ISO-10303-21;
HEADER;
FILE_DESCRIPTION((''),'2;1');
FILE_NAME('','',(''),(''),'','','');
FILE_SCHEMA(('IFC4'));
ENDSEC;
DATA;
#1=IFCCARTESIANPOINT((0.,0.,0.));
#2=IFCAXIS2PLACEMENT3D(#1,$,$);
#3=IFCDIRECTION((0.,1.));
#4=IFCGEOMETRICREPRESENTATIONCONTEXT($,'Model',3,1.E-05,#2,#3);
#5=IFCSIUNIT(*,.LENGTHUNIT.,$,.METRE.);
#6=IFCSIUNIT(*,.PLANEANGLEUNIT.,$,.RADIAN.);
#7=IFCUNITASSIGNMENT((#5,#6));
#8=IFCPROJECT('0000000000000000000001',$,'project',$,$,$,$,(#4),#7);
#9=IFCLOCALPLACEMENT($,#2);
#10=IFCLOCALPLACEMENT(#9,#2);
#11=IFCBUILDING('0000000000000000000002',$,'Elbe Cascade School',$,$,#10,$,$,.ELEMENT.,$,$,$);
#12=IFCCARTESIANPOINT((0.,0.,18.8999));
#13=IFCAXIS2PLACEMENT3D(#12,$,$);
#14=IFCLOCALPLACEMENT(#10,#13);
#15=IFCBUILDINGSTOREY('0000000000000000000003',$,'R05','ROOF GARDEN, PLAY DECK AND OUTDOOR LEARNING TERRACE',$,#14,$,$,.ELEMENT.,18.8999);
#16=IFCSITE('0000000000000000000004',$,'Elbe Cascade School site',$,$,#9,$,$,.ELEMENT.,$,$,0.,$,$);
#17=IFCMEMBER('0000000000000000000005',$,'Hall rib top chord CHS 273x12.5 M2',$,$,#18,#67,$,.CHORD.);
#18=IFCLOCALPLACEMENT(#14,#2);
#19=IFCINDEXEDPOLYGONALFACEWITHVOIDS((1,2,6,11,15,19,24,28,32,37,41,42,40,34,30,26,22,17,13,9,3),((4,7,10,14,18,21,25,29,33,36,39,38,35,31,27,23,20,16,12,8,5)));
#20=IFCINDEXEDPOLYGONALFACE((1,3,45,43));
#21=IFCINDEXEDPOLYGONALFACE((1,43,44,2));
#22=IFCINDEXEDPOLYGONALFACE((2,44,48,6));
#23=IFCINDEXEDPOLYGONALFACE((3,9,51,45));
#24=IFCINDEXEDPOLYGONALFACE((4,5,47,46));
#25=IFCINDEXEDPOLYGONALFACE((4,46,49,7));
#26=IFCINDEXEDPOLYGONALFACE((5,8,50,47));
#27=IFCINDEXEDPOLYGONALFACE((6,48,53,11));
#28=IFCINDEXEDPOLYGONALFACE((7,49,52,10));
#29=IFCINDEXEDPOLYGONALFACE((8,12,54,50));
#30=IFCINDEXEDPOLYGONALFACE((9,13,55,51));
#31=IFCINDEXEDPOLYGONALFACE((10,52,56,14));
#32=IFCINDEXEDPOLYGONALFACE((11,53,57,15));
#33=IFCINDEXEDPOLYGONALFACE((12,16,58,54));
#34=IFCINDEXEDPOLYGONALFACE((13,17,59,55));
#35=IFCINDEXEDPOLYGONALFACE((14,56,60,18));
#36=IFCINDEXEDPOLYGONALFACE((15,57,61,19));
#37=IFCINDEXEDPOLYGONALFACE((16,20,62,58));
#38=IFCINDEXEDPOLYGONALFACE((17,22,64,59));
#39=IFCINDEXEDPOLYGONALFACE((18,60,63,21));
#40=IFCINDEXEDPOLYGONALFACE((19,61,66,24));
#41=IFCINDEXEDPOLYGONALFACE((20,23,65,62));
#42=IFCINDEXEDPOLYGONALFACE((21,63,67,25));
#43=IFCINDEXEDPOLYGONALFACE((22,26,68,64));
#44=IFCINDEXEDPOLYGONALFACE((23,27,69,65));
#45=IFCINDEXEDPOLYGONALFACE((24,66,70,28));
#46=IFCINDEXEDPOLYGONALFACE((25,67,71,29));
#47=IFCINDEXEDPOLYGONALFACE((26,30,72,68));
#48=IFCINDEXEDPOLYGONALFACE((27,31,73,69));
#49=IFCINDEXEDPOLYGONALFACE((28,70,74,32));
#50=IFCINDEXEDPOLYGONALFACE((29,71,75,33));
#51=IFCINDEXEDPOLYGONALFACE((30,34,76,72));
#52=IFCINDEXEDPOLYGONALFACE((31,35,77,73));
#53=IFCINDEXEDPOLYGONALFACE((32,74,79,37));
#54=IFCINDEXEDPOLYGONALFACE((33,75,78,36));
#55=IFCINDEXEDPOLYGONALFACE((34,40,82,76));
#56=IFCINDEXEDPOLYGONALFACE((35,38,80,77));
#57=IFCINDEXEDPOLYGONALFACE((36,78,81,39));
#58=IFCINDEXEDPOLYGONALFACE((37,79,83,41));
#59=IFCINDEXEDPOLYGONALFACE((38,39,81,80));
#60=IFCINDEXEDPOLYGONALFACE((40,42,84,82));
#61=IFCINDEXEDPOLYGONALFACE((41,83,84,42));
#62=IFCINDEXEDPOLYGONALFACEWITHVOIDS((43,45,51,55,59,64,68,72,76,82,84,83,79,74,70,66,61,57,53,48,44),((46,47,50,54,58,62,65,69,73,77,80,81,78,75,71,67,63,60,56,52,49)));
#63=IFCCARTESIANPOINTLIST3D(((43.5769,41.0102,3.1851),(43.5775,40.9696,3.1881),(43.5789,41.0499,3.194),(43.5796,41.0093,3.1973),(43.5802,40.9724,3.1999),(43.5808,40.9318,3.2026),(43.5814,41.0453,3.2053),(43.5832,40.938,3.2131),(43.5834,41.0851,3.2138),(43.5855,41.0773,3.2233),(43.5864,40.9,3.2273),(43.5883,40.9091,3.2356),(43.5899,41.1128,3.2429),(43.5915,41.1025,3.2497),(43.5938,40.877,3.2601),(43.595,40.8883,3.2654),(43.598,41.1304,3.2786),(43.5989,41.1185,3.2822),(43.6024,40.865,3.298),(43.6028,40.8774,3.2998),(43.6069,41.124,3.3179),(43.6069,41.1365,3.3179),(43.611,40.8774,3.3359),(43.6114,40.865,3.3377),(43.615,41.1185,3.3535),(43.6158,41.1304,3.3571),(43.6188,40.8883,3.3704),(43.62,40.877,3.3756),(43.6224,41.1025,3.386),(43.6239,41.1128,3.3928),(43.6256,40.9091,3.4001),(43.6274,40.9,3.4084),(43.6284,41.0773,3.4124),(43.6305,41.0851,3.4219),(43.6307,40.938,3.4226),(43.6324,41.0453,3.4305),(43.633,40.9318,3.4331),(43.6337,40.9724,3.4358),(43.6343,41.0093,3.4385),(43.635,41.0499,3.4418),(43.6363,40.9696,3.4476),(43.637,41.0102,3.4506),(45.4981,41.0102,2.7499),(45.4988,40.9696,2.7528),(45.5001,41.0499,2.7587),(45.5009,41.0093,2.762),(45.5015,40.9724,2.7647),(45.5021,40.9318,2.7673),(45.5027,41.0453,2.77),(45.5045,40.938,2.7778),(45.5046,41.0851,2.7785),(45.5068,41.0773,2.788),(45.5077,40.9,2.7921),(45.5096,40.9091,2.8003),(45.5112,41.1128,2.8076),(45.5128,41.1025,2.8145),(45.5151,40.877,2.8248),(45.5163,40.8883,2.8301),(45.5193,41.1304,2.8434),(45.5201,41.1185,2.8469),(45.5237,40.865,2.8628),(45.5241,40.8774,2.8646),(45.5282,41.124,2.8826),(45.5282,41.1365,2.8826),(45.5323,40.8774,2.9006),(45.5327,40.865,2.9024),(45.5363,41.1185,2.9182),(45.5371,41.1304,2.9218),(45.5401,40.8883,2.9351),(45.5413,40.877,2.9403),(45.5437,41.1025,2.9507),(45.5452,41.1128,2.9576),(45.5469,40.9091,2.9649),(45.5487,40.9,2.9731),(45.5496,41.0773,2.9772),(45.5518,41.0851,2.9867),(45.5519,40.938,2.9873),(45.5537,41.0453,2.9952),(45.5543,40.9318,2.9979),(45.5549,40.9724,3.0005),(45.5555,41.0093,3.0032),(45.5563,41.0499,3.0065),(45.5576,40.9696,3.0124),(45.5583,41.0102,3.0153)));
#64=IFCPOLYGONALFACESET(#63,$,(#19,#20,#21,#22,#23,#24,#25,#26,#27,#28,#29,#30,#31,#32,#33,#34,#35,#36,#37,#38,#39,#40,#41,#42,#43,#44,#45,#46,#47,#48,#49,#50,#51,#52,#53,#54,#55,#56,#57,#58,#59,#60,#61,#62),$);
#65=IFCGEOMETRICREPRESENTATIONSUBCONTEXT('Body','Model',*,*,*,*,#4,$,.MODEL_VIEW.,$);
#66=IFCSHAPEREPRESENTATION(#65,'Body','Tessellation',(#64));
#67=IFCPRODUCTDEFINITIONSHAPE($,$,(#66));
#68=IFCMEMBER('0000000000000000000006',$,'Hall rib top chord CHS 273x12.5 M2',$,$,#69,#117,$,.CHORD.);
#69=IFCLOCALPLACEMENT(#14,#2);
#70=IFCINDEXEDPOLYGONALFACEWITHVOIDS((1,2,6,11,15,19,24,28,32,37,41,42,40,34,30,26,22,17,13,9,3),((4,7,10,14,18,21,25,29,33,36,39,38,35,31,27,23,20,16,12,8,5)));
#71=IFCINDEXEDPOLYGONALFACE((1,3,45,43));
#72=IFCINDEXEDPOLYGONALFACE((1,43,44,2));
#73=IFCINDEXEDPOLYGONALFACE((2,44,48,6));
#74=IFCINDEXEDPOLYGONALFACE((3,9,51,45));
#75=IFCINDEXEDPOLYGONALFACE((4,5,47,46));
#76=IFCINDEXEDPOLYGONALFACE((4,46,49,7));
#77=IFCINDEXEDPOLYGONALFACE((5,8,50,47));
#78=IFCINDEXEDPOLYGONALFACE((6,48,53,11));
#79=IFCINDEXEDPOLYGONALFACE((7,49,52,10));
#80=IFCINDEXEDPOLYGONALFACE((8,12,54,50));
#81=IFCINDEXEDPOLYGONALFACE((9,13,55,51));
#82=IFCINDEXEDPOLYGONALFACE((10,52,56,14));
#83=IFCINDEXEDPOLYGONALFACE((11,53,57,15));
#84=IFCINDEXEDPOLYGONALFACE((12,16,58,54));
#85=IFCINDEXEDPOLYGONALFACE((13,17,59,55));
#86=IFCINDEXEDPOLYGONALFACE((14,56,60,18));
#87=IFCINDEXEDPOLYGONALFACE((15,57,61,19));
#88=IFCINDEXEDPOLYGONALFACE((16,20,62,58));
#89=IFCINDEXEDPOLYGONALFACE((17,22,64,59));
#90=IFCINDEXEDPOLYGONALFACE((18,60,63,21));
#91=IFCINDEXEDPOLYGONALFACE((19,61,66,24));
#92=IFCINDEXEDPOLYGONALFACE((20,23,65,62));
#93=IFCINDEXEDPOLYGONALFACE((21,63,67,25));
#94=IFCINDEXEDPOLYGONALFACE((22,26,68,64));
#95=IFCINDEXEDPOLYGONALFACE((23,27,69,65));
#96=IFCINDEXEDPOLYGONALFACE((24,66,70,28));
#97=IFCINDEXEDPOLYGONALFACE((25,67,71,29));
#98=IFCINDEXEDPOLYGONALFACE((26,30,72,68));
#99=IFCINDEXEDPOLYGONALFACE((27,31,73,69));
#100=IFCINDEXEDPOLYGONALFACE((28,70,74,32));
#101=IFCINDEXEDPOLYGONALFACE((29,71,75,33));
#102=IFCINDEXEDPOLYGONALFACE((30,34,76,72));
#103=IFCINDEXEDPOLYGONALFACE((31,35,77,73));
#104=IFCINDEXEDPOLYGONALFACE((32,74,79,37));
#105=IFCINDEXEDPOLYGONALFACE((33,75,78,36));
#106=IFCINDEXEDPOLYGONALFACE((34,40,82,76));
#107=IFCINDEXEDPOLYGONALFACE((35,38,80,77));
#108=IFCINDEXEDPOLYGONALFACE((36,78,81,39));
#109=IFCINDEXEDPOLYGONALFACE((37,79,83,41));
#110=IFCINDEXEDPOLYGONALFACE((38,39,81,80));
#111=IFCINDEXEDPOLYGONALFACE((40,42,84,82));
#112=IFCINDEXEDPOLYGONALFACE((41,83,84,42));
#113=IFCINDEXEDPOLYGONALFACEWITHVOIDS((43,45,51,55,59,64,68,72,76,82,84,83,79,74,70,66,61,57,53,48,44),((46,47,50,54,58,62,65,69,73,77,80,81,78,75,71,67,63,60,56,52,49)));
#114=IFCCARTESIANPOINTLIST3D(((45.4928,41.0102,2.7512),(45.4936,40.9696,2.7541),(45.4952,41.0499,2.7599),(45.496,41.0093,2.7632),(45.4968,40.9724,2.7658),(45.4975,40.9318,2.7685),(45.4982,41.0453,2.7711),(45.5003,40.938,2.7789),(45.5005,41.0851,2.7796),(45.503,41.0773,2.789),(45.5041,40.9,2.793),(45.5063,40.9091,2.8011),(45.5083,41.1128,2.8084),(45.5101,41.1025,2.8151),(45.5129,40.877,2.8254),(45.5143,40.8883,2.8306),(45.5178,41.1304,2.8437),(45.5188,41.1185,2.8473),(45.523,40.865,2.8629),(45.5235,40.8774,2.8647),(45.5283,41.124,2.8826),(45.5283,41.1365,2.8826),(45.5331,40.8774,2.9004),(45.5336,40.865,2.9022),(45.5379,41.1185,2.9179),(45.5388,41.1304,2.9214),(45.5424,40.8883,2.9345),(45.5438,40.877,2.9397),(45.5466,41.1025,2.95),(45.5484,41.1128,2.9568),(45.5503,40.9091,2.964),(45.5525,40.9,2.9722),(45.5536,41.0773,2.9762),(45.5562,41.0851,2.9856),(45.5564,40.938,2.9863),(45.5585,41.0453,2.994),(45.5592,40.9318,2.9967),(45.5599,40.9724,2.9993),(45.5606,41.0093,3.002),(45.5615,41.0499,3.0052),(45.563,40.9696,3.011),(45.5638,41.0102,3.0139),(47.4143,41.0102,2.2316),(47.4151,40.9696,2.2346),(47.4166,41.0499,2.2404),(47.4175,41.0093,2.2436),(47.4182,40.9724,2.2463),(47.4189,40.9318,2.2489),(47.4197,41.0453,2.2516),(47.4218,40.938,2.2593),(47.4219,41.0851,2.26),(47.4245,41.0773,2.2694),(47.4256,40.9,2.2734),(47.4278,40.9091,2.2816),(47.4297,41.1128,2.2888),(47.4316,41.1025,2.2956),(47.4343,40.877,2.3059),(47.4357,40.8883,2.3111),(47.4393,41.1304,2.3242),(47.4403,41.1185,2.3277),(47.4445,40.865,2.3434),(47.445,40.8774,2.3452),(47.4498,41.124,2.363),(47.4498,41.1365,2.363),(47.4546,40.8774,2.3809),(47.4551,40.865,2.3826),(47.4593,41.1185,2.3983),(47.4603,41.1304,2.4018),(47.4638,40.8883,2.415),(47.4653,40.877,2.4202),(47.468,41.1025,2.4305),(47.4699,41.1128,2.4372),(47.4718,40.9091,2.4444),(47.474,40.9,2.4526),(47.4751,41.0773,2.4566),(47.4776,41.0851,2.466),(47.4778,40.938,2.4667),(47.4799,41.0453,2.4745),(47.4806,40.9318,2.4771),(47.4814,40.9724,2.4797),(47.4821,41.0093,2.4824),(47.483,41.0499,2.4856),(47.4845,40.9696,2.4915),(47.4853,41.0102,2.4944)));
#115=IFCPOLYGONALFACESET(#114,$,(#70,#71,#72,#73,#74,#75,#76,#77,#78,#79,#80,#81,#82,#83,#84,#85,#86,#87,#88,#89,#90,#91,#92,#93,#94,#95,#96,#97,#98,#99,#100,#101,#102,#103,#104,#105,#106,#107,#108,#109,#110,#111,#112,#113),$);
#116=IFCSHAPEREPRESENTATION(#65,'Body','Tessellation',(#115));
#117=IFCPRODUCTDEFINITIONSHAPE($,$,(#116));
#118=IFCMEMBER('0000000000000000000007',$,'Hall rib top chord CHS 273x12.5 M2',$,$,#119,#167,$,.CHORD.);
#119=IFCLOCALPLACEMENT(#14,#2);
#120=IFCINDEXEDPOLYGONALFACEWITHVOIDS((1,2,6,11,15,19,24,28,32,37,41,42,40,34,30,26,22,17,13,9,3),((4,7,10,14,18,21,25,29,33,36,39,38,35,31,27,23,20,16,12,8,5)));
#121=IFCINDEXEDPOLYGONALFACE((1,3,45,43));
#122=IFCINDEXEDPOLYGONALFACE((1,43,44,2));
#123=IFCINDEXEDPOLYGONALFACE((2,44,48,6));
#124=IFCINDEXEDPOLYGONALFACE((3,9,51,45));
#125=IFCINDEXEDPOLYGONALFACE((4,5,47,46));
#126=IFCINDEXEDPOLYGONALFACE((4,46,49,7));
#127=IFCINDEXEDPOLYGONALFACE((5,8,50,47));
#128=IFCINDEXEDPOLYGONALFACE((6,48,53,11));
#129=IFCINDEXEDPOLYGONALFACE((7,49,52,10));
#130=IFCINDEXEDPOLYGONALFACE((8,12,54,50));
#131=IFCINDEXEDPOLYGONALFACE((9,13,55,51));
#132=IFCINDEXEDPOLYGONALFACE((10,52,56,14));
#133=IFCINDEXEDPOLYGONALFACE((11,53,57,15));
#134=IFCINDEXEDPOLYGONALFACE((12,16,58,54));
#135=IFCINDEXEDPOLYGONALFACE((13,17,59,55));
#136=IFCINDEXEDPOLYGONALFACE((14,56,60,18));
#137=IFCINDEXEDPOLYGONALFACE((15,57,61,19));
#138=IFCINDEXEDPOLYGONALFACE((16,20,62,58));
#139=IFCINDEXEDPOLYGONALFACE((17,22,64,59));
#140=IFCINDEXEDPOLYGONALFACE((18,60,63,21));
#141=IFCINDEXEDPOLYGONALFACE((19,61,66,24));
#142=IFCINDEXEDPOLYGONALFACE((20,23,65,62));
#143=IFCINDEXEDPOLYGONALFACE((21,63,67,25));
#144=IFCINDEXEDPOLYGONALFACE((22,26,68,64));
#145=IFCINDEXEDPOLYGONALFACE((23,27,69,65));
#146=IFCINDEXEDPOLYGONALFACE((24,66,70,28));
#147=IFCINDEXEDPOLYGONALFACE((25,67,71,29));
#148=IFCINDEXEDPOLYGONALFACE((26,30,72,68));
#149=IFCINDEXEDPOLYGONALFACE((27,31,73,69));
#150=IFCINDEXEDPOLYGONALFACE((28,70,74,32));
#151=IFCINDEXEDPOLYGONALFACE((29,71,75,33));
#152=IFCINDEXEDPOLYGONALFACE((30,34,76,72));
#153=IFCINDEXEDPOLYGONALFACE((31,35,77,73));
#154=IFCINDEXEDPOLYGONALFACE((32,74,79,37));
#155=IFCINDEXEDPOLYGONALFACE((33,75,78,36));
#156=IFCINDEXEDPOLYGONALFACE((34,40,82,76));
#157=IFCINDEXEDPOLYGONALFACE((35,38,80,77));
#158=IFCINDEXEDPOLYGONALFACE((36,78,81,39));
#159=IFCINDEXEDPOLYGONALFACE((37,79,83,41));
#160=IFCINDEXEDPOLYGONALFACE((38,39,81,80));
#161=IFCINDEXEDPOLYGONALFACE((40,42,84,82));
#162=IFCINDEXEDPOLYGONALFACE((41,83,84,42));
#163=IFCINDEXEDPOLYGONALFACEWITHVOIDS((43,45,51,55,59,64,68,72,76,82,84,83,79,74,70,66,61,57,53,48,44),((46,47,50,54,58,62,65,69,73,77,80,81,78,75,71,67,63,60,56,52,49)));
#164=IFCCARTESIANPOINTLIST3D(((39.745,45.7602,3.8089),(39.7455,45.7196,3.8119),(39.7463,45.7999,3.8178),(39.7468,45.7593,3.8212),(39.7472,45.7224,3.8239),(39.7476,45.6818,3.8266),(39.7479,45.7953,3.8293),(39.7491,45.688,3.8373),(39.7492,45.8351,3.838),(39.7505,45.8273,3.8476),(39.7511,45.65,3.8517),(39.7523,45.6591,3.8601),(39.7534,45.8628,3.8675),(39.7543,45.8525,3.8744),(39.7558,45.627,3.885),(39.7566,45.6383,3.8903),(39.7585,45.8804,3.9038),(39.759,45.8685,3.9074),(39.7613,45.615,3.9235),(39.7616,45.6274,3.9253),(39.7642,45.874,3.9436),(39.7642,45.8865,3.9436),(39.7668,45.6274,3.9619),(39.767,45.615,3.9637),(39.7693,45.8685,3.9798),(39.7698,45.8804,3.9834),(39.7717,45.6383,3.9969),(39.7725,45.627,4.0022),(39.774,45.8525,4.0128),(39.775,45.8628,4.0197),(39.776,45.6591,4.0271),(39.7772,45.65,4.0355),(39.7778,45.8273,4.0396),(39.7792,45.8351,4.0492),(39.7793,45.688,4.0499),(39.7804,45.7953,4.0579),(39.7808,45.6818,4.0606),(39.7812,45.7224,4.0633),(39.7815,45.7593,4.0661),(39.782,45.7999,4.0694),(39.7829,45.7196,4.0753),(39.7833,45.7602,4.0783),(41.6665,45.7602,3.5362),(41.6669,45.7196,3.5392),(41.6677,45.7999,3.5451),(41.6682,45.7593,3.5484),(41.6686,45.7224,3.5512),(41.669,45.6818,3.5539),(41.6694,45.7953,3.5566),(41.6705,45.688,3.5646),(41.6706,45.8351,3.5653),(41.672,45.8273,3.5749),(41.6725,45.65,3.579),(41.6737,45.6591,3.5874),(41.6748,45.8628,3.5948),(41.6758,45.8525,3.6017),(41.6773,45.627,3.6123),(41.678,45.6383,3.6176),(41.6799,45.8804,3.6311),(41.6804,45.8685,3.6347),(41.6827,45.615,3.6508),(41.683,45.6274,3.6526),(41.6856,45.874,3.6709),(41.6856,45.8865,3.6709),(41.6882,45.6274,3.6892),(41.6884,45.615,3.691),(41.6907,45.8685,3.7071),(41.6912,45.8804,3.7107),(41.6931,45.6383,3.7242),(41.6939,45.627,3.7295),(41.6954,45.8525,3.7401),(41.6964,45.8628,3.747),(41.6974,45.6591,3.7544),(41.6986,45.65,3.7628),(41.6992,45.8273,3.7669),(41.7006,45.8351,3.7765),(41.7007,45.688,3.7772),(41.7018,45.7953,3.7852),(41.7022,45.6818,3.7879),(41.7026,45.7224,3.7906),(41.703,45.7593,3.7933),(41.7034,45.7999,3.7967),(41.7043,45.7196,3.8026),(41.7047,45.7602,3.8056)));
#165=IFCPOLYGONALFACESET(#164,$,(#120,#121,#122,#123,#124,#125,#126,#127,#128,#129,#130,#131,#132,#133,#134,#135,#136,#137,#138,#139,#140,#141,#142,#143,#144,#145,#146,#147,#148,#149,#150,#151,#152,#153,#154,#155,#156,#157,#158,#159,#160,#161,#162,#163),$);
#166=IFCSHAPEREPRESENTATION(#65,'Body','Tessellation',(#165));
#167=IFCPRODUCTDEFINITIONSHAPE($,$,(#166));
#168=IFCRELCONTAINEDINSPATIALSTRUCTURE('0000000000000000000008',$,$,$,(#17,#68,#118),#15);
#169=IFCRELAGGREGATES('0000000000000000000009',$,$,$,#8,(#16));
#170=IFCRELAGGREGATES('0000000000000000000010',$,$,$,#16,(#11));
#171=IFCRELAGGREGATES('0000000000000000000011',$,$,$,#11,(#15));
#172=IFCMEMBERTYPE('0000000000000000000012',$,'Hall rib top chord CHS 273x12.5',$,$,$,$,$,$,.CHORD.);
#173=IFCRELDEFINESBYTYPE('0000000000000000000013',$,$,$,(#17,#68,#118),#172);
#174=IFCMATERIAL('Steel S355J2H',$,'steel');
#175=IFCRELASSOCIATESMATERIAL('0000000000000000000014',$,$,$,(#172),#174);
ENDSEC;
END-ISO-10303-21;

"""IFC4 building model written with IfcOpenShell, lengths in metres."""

from ifc_helpers import new_model, si_unit, direction, frame, origin, origin_2d, place, context, subcontext, project, spatial, hollow_circle, extrude, material, material_profile, profile_set, type_object, element, save


model = new_model("IFC4")

# Units and contexts
model_context = context("Model", 3, precision=1e-05, world=origin(), true_north=direction((0.0, 1.0)))
body_context = subcontext(model_context, "Body", "Model", "MODEL_VIEW")
ifc_project = project(units=[si_unit("LENGTHUNIT", "METRE"), si_unit("PLANEANGLEUNIT", "RADIAN")], contexts=[model_context])

# Site, building, storey
site_placement = place(None, origin())
site = spatial("IfcSite", under=ifc_project, at=site_placement, Name="Elbe Cascade School site", CompositionType="ELEMENT", RefElevation=0.0)
building_placement = place(site_placement, origin())
building = spatial("IfcBuilding", under=site, at=building_placement, Name="Elbe Cascade School", CompositionType="ELEMENT")
storey_placement = place(building_placement, frame((0.0, 0.0, 18.8999)))
storey = spatial("IfcBuildingStorey", under=building, at=storey_placement, Name="R05", Description="ROOF GARDEN, PLAY DECK AND OUTDOOR LEARNING TERRACE", CompositionType="ELEMENT", Elevation=18.8999)

# Members
ifc_material_1 = material(Name="Steel S355J2H", Category="steel")
ifc_material_profile_1 = material_profile(ifc_material_1, hollow_circle(Radius=0.1365, WallThickness=0.0125, at=origin_2d()), Name="CHS 273x12.5")
ifc_profile_set_1 = profile_set([ifc_material_profile_1], Name="Steel S355J2H")
member_type_1 = type_object("IfcMemberType", Name="Hall rib top chord CHS 273x12.5", PredefinedType="CHORD", material=ifc_profile_set_1)
member_1_placement = place(storey_placement, frame((43.6069, 41.0, 3.3179), z_axis=(0.975284, 0.0, -0.220957), x_axis=(0.0, 1.0, 0.0)))
element("IfcMember", 1, at=member_1_placement, inside=storey, type_object=member_type_1, Name="Hall rib top chord CHS 273x12.5 M2", PredefinedType="CHORD", context=body_context, shape_type="SweptSolid", body=[
    extrude(hollow_circle(Radius=0.1365, WallThickness=0.0125, at=origin_2d()), origin(), (0.0, 0.0, 1.0), 1.97),
])
member_2_placement = place(storey_placement, frame((45.5283, 41.0, 2.8826), z_axis=(0.965333, 0.0, -0.26102), x_axis=(0.0, 1.0, 0.0)))
element("IfcMember", 2, at=member_2_placement, inside=storey, type_object=member_type_1, Name="Hall rib top chord CHS 273x12.5 M2", PredefinedType="CHORD", context=body_context, shape_type="SweptSolid", body=[
    extrude(hollow_circle(Radius=0.1365, WallThickness=0.0125, at=origin_2d()), origin(), (0.0, 0.0, 1.0), 1.9905),
])
member_3_placement = place(storey_placement, frame((39.7642, 45.75, 3.9436), z_axis=(0.990077, 0.0, -0.140523), x_axis=(0.0, 1.0, 0.0)))
element("IfcMember", 3, at=member_3_placement, inside=storey, type_object=member_type_1, Name="Hall rib top chord CHS 273x12.5 M2", PredefinedType="CHORD", context=body_context, shape_type="SweptSolid", body=[
    extrude(hollow_circle(Radius=0.1365, WallThickness=0.0125, at=origin_2d()), origin(), (0.0, 0.0, 1.0), 1.9407),
])

save(model, "model.ifc")
